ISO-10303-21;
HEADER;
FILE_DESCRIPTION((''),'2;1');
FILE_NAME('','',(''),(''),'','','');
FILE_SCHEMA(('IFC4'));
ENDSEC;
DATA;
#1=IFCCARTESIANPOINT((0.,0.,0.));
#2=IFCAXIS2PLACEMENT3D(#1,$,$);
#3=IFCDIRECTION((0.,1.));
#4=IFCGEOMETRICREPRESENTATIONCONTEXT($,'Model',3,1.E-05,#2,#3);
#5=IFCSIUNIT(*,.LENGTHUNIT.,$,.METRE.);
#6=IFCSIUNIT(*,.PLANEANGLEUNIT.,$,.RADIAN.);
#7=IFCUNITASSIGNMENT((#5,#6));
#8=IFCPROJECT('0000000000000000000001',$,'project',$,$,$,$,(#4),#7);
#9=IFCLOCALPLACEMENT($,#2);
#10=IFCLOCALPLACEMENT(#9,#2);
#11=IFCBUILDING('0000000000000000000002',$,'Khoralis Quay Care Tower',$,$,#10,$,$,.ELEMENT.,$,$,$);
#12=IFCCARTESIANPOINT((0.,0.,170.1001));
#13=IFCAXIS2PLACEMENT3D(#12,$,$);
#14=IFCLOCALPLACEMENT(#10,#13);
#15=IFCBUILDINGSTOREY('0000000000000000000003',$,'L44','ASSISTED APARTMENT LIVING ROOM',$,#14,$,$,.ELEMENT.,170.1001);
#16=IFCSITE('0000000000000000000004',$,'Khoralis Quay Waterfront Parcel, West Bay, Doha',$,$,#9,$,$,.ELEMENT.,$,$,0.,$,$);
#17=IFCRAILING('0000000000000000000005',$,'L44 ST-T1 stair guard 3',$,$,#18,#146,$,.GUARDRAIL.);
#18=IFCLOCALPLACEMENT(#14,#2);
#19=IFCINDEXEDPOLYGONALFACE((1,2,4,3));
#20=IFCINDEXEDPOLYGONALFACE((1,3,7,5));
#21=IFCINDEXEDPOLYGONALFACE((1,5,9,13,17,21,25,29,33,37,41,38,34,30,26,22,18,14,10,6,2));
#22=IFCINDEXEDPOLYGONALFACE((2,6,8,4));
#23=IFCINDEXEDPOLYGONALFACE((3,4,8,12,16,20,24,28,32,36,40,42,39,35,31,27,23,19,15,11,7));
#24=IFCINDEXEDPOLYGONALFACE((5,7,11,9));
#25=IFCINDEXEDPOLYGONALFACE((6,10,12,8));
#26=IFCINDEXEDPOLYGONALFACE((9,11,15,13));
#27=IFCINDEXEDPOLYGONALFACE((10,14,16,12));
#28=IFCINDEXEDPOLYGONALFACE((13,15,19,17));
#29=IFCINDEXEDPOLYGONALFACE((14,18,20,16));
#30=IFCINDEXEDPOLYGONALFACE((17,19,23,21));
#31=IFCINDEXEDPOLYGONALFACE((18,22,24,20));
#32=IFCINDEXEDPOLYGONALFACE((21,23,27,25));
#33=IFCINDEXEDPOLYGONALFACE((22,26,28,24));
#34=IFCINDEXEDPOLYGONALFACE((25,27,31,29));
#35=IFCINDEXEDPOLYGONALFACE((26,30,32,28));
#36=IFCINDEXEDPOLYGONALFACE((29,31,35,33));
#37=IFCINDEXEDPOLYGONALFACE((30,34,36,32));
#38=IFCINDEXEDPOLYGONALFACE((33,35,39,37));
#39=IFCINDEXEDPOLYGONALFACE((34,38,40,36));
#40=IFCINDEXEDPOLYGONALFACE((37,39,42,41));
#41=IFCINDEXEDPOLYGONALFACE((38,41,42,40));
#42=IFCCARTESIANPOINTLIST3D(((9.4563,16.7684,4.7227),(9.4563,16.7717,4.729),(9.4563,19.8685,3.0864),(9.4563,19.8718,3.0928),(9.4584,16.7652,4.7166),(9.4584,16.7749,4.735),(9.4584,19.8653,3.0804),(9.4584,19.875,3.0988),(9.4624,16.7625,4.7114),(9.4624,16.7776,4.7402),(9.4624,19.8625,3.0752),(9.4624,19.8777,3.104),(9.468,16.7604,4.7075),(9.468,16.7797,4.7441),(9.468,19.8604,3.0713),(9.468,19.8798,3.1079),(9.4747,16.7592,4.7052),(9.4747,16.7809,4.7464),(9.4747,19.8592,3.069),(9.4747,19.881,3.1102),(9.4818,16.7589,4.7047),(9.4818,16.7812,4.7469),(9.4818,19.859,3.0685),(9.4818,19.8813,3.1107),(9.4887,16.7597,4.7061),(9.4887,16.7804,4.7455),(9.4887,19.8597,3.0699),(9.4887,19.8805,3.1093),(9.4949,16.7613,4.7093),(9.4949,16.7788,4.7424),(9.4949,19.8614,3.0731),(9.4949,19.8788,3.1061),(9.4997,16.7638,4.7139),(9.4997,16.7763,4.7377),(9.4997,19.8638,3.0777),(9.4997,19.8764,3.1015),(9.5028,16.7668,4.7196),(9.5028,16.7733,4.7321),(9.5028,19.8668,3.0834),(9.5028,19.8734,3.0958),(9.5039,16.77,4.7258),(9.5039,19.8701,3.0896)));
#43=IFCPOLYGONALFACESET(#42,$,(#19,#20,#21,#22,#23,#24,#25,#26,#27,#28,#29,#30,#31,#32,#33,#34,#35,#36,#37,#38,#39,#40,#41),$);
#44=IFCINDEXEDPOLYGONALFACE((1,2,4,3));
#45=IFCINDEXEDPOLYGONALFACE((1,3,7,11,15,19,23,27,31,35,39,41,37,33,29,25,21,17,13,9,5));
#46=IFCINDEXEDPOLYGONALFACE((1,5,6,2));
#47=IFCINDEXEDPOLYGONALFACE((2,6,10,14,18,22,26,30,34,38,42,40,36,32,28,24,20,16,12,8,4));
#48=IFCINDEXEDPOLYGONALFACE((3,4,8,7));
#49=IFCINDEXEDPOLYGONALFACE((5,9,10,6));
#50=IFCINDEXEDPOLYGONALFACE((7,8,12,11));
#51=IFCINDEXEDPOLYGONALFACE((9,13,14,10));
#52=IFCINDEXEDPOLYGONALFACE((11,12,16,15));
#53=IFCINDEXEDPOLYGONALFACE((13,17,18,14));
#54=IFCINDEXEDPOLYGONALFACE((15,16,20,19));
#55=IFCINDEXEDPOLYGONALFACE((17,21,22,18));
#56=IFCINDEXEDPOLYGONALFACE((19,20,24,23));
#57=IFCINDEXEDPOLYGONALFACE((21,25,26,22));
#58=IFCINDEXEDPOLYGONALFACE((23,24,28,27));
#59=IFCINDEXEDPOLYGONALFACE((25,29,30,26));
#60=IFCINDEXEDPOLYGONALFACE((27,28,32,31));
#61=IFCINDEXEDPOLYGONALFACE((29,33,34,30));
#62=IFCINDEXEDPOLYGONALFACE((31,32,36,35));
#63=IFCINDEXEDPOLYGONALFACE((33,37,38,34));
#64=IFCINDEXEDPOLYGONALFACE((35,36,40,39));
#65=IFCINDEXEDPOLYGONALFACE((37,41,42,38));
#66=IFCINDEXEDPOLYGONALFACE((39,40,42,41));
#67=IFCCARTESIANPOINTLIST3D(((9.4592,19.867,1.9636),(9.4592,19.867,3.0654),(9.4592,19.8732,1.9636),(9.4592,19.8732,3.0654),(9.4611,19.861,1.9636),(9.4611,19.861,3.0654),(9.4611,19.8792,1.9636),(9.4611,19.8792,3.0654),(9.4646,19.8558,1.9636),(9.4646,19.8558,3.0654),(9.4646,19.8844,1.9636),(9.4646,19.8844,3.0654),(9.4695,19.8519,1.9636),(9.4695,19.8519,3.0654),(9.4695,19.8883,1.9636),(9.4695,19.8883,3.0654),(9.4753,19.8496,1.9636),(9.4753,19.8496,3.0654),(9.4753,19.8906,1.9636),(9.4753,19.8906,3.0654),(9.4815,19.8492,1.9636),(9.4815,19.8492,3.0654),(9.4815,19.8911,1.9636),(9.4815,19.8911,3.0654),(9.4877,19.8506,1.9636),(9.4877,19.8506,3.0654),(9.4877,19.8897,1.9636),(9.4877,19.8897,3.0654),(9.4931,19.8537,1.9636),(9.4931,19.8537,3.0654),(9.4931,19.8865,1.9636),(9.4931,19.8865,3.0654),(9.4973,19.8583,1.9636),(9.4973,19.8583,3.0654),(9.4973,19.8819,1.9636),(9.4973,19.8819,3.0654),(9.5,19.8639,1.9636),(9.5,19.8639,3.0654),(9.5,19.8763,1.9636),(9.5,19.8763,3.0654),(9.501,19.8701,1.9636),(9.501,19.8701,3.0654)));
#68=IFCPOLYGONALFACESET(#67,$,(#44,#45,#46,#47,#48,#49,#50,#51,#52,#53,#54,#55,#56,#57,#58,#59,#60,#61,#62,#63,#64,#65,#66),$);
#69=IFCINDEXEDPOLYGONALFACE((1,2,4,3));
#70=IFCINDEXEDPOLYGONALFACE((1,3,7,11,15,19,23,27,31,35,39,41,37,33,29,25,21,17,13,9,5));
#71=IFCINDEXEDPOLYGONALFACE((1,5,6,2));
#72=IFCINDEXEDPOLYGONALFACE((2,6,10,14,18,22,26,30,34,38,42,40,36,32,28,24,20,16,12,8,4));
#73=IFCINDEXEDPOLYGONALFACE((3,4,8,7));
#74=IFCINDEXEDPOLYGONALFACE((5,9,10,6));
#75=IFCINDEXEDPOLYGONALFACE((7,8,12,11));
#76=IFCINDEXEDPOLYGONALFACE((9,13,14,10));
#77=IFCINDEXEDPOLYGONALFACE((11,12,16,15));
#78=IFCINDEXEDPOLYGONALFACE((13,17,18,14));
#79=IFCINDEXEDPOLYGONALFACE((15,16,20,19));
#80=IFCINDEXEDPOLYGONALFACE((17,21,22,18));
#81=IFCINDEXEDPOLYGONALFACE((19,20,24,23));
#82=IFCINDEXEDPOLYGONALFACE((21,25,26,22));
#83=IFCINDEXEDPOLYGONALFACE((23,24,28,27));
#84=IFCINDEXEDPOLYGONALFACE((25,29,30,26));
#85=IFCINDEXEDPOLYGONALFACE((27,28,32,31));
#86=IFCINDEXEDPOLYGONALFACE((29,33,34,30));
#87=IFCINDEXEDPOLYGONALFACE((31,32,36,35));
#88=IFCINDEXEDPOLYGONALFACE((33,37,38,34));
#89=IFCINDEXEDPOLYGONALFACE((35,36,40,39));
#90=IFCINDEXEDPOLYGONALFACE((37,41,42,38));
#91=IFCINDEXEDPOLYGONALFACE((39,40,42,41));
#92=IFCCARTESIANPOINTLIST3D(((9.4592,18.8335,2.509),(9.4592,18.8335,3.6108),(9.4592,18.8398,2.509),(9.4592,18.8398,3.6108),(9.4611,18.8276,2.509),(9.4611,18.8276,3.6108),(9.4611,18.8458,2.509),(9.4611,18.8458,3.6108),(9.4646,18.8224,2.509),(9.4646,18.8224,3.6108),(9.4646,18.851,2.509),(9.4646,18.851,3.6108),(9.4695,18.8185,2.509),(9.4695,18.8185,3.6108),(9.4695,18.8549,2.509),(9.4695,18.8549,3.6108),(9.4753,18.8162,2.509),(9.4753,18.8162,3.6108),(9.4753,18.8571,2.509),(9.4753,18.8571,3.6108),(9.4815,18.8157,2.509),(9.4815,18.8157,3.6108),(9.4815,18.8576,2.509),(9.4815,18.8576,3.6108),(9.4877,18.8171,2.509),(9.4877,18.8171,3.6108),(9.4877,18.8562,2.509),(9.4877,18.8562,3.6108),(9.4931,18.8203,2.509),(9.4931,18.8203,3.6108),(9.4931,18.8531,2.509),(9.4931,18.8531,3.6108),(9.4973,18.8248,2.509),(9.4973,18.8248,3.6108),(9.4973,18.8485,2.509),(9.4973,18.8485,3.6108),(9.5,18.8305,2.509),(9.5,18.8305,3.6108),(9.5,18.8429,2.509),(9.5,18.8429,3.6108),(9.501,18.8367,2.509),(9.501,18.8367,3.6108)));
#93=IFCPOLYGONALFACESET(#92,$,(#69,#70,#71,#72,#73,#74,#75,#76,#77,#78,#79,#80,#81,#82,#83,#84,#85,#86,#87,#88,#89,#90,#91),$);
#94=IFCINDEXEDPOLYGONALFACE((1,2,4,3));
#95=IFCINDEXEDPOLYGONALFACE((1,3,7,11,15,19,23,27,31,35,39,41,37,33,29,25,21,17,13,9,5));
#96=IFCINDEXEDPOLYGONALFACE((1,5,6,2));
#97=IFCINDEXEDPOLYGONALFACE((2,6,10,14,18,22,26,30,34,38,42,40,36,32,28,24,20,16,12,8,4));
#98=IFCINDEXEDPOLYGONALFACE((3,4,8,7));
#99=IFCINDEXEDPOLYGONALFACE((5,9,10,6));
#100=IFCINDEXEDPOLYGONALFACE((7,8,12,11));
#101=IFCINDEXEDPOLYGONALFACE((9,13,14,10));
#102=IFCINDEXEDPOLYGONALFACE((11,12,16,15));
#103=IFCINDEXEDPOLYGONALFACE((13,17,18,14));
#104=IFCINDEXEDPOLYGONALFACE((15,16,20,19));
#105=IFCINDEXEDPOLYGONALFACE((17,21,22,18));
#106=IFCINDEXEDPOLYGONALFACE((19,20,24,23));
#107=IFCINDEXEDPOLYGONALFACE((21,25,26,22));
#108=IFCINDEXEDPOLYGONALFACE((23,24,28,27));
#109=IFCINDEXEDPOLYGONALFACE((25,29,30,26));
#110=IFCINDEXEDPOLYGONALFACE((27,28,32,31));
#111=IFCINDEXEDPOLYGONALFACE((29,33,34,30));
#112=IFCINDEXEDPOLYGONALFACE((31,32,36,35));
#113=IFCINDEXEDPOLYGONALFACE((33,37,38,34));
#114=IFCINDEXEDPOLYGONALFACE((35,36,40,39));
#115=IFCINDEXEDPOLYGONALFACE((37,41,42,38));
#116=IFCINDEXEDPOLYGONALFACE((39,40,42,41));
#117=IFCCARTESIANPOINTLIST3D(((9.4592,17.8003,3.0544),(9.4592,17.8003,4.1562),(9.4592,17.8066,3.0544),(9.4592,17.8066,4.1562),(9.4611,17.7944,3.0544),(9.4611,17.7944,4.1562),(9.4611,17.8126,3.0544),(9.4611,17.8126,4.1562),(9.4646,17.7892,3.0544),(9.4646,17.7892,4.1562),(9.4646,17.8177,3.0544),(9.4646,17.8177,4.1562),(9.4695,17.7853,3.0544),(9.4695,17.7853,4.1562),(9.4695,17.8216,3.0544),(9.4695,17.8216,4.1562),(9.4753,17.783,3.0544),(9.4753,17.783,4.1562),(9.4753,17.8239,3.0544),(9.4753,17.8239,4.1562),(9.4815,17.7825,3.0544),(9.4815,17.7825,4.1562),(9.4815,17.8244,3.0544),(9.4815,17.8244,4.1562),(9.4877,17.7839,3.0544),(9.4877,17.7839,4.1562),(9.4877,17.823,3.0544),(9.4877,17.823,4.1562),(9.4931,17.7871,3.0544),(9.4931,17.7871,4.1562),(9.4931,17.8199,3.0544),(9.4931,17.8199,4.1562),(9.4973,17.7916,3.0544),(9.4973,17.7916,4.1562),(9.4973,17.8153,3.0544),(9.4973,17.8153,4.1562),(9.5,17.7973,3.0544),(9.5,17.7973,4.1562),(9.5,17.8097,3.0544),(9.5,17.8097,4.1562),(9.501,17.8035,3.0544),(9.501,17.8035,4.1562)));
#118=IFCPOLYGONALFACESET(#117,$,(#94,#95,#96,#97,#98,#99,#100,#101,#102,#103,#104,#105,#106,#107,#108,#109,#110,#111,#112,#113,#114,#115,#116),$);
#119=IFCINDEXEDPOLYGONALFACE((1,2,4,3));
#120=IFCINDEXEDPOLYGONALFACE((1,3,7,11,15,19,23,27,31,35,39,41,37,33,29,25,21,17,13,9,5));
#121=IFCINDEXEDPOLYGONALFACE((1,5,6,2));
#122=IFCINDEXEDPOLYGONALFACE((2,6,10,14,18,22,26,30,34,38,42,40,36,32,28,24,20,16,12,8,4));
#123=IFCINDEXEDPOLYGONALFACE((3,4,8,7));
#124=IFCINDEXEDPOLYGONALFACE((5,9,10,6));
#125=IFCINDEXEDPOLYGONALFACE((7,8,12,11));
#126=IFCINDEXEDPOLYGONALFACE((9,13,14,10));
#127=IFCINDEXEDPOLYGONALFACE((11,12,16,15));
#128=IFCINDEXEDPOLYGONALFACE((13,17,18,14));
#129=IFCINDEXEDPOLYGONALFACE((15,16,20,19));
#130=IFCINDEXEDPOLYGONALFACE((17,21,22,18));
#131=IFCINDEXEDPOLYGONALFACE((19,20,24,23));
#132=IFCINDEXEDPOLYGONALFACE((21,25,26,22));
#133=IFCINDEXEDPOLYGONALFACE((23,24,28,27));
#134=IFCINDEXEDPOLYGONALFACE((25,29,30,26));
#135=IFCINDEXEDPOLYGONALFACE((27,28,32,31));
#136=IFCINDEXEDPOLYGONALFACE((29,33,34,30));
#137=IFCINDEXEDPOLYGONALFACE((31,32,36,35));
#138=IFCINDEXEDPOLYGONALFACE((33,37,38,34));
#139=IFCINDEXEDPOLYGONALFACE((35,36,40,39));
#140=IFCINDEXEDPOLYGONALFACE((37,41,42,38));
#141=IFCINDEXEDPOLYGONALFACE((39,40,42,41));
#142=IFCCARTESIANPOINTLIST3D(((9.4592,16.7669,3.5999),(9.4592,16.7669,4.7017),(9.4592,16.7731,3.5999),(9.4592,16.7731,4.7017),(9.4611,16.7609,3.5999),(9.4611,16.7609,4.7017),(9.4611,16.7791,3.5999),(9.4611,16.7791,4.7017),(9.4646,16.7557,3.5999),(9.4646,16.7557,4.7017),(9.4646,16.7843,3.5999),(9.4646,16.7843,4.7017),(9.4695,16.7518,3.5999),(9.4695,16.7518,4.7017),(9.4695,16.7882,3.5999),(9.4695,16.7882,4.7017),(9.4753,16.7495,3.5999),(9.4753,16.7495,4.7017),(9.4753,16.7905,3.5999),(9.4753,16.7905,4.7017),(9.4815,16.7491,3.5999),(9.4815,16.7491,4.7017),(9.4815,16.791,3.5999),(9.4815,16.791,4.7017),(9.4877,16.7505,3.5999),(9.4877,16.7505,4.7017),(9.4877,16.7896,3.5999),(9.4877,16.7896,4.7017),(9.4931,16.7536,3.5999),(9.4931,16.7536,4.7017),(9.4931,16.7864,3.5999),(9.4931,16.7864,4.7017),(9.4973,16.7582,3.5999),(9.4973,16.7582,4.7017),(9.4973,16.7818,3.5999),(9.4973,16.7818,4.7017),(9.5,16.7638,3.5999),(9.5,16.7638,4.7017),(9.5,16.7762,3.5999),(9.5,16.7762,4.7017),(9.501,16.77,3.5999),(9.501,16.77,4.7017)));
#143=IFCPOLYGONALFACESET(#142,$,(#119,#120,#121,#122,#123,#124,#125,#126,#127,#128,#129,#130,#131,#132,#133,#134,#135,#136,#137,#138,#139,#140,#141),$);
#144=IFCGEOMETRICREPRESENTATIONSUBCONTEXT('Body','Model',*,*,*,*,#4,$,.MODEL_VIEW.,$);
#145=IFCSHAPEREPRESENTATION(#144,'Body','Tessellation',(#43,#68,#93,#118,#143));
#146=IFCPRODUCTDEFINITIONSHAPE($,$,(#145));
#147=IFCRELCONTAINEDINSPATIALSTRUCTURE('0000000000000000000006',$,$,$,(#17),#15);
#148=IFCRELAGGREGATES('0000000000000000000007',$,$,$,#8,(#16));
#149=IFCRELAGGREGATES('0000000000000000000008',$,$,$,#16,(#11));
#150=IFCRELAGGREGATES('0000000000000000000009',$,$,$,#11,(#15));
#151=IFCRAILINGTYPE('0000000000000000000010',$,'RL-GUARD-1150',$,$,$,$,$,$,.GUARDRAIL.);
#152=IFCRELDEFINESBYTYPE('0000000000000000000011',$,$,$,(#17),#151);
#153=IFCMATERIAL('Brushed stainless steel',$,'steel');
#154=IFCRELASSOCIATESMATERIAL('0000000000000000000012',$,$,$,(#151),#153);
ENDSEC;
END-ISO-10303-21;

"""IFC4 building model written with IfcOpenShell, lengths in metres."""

from ifc_helpers import new_model, si_unit, direction, frame, origin, origin_2d, place, context, subcontext, project, spatial, circle, extrude, material, type_object, element, save


model = new_model("IFC4")

# Units and contexts
model_context = context("Model", 3, precision=1e-05, world=origin(), true_north=direction((0.0, 1.0)))
body_context = subcontext(model_context, "Body", "Model", "MODEL_VIEW")
ifc_project = project(units=[si_unit("LENGTHUNIT", "METRE"), si_unit("PLANEANGLEUNIT", "RADIAN")], contexts=[model_context])

# Site, building, storey
site_placement = place(None, origin())
site = spatial("IfcSite", under=ifc_project, at=site_placement, Name="Khoralis Quay Waterfront Parcel, West Bay, Doha", CompositionType="ELEMENT", RefElevation=0.0)
building_placement = place(site_placement, origin())
building = spatial("IfcBuilding", under=site, at=building_placement, Name="Khoralis Quay Care Tower", CompositionType="ELEMENT")
storey_placement = place(building_placement, frame((0.0, 0.0, 170.1001)))
storey = spatial("IfcBuildingStorey", under=building, at=storey_placement, Name="L44", Description="ASSISTED APARTMENT LIVING ROOM", CompositionType="ELEMENT", Elevation=170.1001)

# Shared definitions
ifc_material_1 = material(Name="Brushed stainless steel", Category="steel")

# Railing
railing_type_1 = type_object("IfcRailingType", Name="RL-GUARD-1150", PredefinedType="GUARDRAIL", material=ifc_material_1)
railing_1_placement = place(storey_placement, frame((9.48, 19.8701, 1.9636)))
element("IfcRailing", 1, at=railing_1_placement, inside=storey, type_object=railing_type_1, Name="L44 ST-T1 stair guard 3", PredefinedType="GUARDRAIL", context=body_context, shape_type="SweptSolid", body=[
    extrude(circle(Radius=0.0239, at=origin_2d()), frame((0.0, 0.0, 1.126), z_axis=(0.0, -0.884377, 0.466774), x_axis=(1.0, 0.0, 0.0)), (0.0, 0.0, 1.0), 3.5054),
    extrude(circle(Radius=0.021, at=origin_2d()), origin(), (0.0, 0.0, 1.0), 1.1018),
    extrude(circle(Radius=0.021, at=origin_2d()), frame((0.0, -1.0334, 0.5454)), (0.0, 0.0, 1.0), 1.1018),
    extrude(circle(Radius=0.021, at=origin_2d()), frame((0.0, -2.0667, 1.0908)), (0.0, 0.0, 1.0), 1.1018),
    extrude(circle(Radius=0.021, at=origin_2d()), frame((0.0, -3.1001, 1.6362)), (0.0, 0.0, 1.0), 1.1018),
])

save(model, "model.ifc")
